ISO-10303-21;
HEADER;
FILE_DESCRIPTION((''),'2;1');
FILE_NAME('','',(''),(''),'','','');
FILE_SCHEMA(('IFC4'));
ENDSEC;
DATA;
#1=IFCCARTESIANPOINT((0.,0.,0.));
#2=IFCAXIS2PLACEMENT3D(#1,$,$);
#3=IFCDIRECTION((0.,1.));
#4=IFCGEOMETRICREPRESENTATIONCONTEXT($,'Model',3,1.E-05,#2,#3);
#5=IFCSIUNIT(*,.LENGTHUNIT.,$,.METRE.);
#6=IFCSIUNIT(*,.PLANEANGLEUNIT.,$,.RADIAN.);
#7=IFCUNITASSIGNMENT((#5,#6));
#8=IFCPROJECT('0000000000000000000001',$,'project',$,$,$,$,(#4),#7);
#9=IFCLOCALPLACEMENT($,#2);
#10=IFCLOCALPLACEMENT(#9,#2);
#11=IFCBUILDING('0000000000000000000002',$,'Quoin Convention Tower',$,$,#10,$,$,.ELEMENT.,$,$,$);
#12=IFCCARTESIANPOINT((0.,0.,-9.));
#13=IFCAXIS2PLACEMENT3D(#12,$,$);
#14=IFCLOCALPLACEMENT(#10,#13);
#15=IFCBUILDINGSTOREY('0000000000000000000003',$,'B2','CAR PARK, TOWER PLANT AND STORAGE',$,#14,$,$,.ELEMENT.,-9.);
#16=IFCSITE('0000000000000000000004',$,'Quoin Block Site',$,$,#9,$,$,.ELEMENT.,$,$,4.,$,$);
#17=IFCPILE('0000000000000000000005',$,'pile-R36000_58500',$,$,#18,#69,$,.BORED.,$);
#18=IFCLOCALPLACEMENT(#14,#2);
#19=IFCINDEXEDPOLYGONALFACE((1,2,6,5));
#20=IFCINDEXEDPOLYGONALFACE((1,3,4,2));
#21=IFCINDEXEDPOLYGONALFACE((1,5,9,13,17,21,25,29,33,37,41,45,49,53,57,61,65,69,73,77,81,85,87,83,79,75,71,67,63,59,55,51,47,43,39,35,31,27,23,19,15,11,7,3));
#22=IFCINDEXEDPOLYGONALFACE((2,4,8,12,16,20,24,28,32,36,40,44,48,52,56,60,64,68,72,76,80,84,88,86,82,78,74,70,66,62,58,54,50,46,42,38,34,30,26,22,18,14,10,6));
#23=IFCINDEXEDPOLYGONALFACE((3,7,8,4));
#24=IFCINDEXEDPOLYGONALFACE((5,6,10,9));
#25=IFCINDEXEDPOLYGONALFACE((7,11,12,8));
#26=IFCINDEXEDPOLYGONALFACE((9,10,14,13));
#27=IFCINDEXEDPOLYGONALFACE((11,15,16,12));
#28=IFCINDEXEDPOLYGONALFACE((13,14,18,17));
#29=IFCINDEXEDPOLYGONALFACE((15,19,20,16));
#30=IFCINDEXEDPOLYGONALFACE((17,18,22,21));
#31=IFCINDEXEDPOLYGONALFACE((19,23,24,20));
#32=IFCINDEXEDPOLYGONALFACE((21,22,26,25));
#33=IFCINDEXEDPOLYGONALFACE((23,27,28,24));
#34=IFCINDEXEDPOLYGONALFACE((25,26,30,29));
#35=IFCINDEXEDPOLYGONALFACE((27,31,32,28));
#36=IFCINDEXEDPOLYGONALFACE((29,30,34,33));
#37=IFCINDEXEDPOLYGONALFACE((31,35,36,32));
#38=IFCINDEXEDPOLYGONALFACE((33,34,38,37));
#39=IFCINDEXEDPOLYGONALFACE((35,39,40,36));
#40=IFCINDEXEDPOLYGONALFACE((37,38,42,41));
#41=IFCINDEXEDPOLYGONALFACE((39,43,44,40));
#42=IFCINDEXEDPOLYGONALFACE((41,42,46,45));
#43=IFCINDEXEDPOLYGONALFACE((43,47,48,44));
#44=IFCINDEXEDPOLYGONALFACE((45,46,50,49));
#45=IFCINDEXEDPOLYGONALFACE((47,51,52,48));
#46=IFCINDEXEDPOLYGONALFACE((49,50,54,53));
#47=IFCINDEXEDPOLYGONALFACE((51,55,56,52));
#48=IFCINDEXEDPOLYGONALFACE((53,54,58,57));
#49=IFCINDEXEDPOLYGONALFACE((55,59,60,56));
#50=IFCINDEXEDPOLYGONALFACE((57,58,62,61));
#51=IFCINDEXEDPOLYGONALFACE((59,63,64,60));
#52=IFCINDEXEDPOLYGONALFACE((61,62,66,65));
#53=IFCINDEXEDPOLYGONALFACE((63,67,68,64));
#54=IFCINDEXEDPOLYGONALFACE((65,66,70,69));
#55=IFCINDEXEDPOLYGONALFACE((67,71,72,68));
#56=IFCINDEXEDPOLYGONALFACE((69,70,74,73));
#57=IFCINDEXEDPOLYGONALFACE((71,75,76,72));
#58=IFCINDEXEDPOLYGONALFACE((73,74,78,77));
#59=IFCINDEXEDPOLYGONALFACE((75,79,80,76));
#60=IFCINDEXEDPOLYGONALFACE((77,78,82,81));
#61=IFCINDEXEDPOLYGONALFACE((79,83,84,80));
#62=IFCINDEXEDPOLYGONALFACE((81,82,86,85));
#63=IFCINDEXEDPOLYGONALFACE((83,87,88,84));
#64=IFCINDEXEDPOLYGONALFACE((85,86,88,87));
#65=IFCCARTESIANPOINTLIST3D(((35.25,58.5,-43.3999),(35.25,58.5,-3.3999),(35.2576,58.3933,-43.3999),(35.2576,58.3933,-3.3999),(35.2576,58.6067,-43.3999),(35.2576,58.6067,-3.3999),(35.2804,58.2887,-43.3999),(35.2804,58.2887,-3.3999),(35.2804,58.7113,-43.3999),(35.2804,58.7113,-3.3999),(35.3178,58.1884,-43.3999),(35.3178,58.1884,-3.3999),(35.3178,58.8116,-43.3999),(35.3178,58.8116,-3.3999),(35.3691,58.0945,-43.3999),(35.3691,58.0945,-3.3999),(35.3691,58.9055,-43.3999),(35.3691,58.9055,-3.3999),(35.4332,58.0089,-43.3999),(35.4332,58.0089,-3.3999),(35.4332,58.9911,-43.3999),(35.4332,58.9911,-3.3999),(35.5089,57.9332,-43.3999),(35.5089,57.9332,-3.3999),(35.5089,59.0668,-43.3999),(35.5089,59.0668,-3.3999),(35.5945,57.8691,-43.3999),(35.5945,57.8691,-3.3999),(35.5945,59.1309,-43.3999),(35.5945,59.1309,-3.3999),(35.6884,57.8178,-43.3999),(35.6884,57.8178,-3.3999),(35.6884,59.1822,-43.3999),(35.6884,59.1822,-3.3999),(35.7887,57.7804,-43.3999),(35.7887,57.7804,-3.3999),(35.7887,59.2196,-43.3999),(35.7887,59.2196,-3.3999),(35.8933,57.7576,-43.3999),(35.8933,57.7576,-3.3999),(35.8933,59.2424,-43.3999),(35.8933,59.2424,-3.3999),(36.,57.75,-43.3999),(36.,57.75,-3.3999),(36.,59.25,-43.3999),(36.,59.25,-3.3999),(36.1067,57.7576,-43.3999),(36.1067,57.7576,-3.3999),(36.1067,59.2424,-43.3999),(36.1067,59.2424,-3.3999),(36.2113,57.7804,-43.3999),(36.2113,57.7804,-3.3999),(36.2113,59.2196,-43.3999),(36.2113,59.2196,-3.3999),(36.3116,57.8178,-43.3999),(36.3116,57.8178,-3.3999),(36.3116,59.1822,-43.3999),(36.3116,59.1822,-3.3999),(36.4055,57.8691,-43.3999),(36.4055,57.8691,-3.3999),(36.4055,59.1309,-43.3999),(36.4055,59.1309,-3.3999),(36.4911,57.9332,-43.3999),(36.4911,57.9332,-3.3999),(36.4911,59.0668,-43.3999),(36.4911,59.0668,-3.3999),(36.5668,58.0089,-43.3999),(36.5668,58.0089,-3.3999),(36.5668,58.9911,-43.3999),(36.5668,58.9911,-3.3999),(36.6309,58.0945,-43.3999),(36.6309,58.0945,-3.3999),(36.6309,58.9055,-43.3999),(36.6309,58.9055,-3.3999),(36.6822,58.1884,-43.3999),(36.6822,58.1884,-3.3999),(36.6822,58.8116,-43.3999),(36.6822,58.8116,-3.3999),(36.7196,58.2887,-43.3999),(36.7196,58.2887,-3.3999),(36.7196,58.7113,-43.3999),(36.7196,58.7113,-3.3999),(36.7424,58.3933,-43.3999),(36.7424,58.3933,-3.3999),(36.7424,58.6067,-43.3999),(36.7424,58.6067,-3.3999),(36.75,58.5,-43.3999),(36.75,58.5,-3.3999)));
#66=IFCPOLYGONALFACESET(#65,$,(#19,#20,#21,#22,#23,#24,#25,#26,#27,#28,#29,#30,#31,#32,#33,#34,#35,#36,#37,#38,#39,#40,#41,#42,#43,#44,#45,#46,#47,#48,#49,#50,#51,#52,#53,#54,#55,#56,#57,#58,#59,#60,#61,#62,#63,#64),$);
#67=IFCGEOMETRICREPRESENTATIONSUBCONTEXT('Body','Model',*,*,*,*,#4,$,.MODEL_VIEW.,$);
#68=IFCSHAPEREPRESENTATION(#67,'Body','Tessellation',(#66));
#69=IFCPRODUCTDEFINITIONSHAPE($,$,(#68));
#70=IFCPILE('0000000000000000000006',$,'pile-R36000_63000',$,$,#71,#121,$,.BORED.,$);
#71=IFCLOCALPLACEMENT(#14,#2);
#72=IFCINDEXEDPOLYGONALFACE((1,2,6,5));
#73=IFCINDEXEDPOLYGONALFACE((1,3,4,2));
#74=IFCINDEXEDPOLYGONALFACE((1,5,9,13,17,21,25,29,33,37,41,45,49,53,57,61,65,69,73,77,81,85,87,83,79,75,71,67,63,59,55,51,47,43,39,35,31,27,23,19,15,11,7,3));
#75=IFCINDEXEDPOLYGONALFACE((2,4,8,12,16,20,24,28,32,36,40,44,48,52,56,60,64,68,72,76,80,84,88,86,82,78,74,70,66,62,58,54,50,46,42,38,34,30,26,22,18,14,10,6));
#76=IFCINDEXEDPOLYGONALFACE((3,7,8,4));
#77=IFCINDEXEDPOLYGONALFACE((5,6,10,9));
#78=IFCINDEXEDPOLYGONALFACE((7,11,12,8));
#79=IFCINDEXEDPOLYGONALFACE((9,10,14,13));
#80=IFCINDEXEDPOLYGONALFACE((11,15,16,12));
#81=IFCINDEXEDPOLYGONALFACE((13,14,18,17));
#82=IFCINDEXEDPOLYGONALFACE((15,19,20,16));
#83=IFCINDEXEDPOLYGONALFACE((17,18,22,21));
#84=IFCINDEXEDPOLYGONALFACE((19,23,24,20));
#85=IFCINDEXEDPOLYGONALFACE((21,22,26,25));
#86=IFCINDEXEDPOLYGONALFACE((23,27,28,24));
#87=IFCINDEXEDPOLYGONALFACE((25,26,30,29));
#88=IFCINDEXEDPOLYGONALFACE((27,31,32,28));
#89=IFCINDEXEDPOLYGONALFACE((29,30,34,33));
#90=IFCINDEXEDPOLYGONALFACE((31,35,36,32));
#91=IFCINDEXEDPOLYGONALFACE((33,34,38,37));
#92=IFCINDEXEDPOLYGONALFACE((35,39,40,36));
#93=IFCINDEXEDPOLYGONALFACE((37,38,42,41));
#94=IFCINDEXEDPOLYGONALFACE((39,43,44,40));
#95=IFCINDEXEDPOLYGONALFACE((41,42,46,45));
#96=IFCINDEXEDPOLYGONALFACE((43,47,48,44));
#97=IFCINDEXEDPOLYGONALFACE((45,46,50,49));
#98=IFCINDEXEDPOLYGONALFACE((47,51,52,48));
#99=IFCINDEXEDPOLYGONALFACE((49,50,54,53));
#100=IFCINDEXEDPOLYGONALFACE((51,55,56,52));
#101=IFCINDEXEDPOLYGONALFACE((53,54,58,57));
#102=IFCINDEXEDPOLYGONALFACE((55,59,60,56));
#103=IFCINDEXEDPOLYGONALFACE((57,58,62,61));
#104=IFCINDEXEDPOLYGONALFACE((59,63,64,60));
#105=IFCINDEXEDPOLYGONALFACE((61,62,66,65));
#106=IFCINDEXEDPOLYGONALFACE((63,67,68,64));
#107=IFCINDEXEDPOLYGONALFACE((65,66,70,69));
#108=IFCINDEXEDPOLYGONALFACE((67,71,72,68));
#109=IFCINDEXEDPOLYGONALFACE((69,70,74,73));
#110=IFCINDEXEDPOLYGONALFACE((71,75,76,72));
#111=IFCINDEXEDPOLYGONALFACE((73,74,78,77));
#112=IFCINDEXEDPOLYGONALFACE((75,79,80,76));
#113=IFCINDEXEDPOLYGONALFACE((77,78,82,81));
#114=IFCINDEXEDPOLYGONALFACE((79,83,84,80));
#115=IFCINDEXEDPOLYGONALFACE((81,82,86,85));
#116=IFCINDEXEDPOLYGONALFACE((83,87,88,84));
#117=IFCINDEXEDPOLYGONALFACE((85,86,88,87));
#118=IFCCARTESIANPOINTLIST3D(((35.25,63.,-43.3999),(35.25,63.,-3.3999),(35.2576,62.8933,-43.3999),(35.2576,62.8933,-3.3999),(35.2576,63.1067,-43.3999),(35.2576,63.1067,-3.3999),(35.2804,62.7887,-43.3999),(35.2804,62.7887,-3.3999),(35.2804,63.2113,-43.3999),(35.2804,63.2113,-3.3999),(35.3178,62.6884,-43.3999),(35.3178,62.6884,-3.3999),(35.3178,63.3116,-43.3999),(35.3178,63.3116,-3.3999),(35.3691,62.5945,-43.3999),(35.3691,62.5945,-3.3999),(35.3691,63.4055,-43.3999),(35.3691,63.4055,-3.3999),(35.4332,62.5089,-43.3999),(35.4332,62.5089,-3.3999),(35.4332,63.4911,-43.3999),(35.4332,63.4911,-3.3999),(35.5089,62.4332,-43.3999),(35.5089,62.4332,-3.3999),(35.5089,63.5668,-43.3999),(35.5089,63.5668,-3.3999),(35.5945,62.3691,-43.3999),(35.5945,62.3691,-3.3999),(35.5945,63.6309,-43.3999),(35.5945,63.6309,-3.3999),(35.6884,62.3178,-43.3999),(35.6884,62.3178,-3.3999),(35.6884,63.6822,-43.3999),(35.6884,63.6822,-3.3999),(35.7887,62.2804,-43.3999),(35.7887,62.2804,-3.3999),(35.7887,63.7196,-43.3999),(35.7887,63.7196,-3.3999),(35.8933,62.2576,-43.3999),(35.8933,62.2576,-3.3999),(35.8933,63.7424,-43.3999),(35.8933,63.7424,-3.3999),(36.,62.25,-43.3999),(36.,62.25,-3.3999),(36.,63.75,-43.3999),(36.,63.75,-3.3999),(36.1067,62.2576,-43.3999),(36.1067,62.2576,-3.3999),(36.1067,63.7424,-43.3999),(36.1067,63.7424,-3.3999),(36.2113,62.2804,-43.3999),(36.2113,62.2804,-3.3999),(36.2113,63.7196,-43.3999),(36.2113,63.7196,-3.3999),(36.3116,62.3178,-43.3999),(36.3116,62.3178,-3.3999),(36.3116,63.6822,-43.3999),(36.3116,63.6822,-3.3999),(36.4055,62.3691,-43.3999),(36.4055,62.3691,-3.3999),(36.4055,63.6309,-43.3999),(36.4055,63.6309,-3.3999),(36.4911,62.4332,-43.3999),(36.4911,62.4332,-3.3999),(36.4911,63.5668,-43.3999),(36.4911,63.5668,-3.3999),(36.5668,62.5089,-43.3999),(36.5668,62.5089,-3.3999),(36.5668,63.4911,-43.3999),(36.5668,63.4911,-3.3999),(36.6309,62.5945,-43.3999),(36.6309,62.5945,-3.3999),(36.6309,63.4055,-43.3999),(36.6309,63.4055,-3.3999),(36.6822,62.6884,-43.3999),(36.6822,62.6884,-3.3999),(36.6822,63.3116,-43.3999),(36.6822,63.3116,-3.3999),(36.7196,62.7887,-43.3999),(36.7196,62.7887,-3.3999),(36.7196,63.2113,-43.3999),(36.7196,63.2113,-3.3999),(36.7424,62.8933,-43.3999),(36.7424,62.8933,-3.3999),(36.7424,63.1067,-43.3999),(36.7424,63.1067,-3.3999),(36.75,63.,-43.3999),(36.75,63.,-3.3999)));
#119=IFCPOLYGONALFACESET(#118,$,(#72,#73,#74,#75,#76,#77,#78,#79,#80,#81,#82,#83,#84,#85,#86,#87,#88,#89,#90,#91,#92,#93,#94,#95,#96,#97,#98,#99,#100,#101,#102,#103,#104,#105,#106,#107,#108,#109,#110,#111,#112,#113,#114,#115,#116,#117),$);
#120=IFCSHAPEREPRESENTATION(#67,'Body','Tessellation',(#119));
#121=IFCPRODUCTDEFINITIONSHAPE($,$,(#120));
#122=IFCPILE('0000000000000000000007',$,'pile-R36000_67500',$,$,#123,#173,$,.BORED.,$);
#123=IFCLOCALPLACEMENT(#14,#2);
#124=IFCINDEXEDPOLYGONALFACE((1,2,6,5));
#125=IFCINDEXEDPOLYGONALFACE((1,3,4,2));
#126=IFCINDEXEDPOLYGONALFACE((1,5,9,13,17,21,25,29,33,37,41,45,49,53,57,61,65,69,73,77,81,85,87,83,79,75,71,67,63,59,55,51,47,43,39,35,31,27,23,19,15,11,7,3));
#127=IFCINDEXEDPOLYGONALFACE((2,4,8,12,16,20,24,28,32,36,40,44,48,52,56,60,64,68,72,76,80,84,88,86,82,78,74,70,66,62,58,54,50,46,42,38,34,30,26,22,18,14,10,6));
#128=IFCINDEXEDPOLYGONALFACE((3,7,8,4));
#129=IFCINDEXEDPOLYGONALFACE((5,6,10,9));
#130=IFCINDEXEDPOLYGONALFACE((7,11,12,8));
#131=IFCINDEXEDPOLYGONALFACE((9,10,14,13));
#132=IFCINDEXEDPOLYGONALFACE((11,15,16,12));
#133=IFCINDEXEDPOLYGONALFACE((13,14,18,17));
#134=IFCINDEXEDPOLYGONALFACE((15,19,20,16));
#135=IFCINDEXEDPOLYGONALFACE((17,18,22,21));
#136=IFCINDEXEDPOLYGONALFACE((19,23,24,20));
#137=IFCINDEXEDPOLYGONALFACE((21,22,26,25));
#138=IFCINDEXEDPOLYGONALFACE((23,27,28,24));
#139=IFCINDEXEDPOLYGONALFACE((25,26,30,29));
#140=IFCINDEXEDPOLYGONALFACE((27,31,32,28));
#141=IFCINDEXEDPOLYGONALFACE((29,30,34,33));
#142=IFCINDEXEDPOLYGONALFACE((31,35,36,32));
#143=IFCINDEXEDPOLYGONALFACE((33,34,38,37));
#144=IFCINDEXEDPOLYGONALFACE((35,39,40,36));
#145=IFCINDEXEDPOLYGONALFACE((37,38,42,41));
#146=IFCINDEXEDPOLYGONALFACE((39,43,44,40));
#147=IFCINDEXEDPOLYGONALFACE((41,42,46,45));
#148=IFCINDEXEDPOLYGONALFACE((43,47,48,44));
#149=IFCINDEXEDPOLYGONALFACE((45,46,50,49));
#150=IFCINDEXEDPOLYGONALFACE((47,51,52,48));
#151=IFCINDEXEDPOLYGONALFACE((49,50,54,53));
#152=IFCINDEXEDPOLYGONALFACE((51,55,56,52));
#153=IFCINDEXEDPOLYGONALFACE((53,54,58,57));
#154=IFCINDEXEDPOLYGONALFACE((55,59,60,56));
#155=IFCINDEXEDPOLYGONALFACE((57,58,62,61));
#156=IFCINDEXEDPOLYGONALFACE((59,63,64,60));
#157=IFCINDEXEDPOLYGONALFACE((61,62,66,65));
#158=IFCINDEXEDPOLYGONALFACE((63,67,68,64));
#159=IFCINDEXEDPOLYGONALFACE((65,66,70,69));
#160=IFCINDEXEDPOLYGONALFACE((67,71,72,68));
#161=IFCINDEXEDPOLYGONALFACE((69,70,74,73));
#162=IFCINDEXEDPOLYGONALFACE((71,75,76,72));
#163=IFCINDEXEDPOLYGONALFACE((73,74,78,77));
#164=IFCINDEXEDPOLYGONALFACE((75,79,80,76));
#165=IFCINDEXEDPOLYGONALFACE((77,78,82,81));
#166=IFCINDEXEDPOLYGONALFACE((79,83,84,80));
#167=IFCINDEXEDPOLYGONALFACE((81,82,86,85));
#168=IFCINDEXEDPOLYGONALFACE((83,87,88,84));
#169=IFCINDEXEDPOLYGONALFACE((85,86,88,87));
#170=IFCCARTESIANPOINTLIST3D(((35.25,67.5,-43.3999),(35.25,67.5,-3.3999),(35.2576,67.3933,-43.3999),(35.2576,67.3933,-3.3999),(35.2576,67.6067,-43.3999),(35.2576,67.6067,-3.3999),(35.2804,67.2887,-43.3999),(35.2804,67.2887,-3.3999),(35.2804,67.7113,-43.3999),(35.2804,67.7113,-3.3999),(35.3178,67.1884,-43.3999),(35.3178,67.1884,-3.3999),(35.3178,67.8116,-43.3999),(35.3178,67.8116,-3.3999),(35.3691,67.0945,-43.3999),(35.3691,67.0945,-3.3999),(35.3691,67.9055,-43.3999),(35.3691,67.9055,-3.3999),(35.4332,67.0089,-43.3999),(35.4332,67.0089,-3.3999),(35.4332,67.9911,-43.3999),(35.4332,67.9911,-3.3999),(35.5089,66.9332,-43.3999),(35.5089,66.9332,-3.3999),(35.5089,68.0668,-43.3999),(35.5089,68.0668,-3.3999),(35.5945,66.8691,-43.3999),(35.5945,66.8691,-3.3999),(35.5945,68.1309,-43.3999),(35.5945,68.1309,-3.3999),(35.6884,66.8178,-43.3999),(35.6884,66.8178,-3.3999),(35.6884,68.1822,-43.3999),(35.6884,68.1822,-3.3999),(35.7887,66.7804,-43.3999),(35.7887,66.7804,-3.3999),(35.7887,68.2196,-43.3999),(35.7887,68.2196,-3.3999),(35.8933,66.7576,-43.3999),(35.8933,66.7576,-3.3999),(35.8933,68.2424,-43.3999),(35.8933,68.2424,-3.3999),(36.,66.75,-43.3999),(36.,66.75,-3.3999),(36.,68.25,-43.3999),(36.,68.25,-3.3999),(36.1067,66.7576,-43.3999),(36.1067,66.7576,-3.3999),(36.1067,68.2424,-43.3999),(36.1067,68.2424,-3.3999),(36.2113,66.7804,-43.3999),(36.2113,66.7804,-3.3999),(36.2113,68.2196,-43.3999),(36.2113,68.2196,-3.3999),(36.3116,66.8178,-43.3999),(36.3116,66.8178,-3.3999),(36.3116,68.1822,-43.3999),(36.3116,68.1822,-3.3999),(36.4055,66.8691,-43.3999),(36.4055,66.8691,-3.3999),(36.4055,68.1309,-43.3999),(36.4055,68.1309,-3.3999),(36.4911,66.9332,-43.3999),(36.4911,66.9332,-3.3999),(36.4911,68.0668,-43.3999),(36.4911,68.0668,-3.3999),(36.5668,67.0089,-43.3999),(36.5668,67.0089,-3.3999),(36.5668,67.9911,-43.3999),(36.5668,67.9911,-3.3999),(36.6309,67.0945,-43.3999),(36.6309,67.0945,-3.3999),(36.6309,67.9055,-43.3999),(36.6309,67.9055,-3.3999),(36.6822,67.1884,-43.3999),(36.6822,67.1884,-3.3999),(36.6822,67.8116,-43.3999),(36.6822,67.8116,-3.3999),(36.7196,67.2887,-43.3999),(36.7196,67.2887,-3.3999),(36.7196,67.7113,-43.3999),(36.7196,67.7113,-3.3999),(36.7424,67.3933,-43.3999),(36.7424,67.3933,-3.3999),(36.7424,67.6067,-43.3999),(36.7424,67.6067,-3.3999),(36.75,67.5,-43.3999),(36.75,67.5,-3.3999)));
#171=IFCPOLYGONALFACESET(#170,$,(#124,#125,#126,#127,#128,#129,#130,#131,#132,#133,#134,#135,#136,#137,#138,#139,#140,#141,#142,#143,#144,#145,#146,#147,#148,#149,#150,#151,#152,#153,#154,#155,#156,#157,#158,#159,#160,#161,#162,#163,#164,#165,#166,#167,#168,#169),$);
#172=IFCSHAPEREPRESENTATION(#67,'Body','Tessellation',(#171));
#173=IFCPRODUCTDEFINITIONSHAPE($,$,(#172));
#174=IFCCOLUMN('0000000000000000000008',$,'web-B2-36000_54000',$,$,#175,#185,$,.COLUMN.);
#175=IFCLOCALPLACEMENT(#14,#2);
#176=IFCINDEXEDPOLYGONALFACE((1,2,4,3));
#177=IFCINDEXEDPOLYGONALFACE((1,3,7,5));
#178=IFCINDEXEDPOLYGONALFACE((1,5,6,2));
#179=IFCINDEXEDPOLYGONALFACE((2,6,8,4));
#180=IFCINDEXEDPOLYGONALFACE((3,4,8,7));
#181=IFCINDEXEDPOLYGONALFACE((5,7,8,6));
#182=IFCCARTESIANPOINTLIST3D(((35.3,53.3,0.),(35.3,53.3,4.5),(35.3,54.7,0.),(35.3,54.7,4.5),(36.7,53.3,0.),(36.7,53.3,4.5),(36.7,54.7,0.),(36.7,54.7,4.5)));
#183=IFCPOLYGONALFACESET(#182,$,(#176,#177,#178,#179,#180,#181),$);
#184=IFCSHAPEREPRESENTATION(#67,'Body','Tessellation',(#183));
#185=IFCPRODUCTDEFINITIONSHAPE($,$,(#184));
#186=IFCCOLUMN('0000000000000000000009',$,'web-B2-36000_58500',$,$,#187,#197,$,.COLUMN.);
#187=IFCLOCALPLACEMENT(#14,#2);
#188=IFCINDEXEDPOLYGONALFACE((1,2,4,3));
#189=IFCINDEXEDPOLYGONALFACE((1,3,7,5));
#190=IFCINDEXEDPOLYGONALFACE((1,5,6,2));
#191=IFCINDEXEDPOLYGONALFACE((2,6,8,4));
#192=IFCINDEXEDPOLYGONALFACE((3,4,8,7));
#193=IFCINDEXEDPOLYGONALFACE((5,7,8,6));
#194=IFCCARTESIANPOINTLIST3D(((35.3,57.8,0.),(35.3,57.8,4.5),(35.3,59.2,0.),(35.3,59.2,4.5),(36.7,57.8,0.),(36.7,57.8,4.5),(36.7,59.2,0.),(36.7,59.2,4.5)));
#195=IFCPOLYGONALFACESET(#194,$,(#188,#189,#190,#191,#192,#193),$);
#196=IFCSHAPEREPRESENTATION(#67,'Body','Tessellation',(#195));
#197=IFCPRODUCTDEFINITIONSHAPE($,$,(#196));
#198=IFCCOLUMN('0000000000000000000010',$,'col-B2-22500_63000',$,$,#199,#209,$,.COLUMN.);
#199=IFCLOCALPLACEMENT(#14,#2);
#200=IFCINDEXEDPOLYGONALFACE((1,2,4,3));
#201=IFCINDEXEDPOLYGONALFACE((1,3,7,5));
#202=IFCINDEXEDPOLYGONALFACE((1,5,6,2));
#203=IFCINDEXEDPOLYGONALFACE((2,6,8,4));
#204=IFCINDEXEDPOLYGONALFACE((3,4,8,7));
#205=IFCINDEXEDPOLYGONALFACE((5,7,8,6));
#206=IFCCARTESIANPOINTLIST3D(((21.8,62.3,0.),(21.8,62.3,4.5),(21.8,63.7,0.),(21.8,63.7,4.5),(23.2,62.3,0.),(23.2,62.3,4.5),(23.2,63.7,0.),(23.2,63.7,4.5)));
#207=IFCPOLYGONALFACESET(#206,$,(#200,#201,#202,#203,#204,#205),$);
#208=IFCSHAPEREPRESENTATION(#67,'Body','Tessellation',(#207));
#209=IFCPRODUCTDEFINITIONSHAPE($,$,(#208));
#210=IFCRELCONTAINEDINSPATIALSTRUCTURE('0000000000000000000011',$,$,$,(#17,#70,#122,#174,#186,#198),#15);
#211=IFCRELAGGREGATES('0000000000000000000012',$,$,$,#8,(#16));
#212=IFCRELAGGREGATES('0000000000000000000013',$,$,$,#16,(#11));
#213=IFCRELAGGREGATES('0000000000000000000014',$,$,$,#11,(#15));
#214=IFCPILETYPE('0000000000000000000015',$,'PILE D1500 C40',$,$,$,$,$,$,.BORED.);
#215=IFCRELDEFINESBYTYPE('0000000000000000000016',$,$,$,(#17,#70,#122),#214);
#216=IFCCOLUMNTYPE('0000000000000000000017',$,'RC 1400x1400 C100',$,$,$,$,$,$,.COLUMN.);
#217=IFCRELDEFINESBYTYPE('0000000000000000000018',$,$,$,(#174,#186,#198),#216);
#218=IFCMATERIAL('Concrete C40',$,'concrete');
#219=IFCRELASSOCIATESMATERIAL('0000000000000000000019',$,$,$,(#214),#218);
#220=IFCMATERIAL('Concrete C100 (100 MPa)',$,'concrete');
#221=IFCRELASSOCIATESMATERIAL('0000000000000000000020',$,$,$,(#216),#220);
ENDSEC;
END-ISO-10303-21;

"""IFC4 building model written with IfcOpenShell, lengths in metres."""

from ifc_helpers import new_model, si_unit, direction, frame, origin, origin_2d, place, context, subcontext, project, spatial, rectangle, circle, extrude, material, material_profile, profile_set, type_object, element, save


model = new_model("IFC4")

# Units and contexts
model_context = context("Model", 3, precision=1e-05, world=origin(), true_north=direction((0.0, 1.0)))
body_context = subcontext(model_context, "Body", "Model", "MODEL_VIEW")
ifc_project = project(units=[si_unit("LENGTHUNIT", "METRE"), si_unit("PLANEANGLEUNIT", "RADIAN")], contexts=[model_context])

# Site, building, storey
site_placement = place(None, origin())
site = spatial("IfcSite", under=ifc_project, at=site_placement, Name="Quoin Block Site", CompositionType="ELEMENT", RefElevation=4.0)
building_placement = place(site_placement, origin())
building = spatial("IfcBuilding", under=site, at=building_placement, Name="Quoin Convention Tower", CompositionType="ELEMENT")
storey_placement = place(building_placement, frame((0.0, 0.0, -9.0)))
storey = spatial("IfcBuildingStorey", under=building, at=storey_placement, Name="B2", Description="CAR PARK, TOWER PLANT AND STORAGE", CompositionType="ELEMENT", Elevation=-9.0)

# Piles
ifc_material_1 = material(Name="Concrete C40", Category="concrete")
ifc_material_profile_1 = material_profile(ifc_material_1, circle(Radius=0.75, at=origin_2d()), Name="D1500")
ifc_profile_set_1 = profile_set([ifc_material_profile_1], Name="Concrete C40")
pile_type = type_object("IfcPileType", Name="PILE D1500 C40", PredefinedType="BORED", material=ifc_profile_set_1)
for number, where, z_axis, x_axis, name in (
    (1, (36.0, 58.5, -3.3999), (0.0, 0.0, -1.0), (1.0, 0.0, 0.0), "pile-R36000_58500"),
    (2, (36.0, 63.0, -3.3999), (0.0, 0.0, -1.0), (1.0, 0.0, 0.0), "pile-R36000_63000"),
    (3, (36.0, 67.5, -3.3999), (0.0, 0.0, -1.0), (1.0, 0.0, 0.0), "pile-R36000_67500"),
):
    element("IfcPile", number, at=place(storey_placement, frame(where, z_axis=z_axis, x_axis=x_axis)), inside=storey, type_object=pile_type, Name=name, PredefinedType="BORED", context=body_context, shape_type="SweptSolid", body=[
        extrude(circle(Radius=0.75, at=origin_2d()), origin(), (0.0, 0.0, 1.0), 40.0),
    ])

# Columns
ifc_material_2 = material(Name="Concrete C100 (100 MPa)", Category="concrete")
ifc_material_profile_2 = material_profile(ifc_material_2, rectangle(XDim=1.3999, YDim=1.3999, at=origin_2d()), Name="RC 1400x1400")
ifc_profile_set_2 = profile_set([ifc_material_profile_2], Name="Concrete C100 (100 MPa)")
column_type = type_object("IfcColumnType", Name="RC 1400x1400 C100", PredefinedType="COLUMN", material=ifc_profile_set_2)
for number, where, z_axis, x_axis, name in (
    (4, (36.0, 54.0, 0.0), (0.0, 0.0, 1.0), (1.0, 0.0, 0.0), "web-B2-36000_54000"),
    (5, (36.0, 58.5, 0.0), (0.0, 0.0, 1.0), (1.0, 0.0, 0.0), "web-B2-36000_58500"),
    (6, (22.5, 63.0, 0.0), (0.0, 0.0, 1.0), (1.0, 0.0, 0.0), "col-B2-22500_63000"),
):
    element("IfcColumn", number, at=place(storey_placement, frame(where, z_axis=z_axis, x_axis=x_axis)), inside=storey, type_object=column_type, Name=name, PredefinedType="COLUMN", context=body_context, shape_type="SweptSolid", body=[
        extrude(rectangle(XDim=1.3999, YDim=1.3999, at=origin_2d()), origin(), (0.0, 0.0, 1.0), 4.5),
    ])

save(model, "model.ifc")
